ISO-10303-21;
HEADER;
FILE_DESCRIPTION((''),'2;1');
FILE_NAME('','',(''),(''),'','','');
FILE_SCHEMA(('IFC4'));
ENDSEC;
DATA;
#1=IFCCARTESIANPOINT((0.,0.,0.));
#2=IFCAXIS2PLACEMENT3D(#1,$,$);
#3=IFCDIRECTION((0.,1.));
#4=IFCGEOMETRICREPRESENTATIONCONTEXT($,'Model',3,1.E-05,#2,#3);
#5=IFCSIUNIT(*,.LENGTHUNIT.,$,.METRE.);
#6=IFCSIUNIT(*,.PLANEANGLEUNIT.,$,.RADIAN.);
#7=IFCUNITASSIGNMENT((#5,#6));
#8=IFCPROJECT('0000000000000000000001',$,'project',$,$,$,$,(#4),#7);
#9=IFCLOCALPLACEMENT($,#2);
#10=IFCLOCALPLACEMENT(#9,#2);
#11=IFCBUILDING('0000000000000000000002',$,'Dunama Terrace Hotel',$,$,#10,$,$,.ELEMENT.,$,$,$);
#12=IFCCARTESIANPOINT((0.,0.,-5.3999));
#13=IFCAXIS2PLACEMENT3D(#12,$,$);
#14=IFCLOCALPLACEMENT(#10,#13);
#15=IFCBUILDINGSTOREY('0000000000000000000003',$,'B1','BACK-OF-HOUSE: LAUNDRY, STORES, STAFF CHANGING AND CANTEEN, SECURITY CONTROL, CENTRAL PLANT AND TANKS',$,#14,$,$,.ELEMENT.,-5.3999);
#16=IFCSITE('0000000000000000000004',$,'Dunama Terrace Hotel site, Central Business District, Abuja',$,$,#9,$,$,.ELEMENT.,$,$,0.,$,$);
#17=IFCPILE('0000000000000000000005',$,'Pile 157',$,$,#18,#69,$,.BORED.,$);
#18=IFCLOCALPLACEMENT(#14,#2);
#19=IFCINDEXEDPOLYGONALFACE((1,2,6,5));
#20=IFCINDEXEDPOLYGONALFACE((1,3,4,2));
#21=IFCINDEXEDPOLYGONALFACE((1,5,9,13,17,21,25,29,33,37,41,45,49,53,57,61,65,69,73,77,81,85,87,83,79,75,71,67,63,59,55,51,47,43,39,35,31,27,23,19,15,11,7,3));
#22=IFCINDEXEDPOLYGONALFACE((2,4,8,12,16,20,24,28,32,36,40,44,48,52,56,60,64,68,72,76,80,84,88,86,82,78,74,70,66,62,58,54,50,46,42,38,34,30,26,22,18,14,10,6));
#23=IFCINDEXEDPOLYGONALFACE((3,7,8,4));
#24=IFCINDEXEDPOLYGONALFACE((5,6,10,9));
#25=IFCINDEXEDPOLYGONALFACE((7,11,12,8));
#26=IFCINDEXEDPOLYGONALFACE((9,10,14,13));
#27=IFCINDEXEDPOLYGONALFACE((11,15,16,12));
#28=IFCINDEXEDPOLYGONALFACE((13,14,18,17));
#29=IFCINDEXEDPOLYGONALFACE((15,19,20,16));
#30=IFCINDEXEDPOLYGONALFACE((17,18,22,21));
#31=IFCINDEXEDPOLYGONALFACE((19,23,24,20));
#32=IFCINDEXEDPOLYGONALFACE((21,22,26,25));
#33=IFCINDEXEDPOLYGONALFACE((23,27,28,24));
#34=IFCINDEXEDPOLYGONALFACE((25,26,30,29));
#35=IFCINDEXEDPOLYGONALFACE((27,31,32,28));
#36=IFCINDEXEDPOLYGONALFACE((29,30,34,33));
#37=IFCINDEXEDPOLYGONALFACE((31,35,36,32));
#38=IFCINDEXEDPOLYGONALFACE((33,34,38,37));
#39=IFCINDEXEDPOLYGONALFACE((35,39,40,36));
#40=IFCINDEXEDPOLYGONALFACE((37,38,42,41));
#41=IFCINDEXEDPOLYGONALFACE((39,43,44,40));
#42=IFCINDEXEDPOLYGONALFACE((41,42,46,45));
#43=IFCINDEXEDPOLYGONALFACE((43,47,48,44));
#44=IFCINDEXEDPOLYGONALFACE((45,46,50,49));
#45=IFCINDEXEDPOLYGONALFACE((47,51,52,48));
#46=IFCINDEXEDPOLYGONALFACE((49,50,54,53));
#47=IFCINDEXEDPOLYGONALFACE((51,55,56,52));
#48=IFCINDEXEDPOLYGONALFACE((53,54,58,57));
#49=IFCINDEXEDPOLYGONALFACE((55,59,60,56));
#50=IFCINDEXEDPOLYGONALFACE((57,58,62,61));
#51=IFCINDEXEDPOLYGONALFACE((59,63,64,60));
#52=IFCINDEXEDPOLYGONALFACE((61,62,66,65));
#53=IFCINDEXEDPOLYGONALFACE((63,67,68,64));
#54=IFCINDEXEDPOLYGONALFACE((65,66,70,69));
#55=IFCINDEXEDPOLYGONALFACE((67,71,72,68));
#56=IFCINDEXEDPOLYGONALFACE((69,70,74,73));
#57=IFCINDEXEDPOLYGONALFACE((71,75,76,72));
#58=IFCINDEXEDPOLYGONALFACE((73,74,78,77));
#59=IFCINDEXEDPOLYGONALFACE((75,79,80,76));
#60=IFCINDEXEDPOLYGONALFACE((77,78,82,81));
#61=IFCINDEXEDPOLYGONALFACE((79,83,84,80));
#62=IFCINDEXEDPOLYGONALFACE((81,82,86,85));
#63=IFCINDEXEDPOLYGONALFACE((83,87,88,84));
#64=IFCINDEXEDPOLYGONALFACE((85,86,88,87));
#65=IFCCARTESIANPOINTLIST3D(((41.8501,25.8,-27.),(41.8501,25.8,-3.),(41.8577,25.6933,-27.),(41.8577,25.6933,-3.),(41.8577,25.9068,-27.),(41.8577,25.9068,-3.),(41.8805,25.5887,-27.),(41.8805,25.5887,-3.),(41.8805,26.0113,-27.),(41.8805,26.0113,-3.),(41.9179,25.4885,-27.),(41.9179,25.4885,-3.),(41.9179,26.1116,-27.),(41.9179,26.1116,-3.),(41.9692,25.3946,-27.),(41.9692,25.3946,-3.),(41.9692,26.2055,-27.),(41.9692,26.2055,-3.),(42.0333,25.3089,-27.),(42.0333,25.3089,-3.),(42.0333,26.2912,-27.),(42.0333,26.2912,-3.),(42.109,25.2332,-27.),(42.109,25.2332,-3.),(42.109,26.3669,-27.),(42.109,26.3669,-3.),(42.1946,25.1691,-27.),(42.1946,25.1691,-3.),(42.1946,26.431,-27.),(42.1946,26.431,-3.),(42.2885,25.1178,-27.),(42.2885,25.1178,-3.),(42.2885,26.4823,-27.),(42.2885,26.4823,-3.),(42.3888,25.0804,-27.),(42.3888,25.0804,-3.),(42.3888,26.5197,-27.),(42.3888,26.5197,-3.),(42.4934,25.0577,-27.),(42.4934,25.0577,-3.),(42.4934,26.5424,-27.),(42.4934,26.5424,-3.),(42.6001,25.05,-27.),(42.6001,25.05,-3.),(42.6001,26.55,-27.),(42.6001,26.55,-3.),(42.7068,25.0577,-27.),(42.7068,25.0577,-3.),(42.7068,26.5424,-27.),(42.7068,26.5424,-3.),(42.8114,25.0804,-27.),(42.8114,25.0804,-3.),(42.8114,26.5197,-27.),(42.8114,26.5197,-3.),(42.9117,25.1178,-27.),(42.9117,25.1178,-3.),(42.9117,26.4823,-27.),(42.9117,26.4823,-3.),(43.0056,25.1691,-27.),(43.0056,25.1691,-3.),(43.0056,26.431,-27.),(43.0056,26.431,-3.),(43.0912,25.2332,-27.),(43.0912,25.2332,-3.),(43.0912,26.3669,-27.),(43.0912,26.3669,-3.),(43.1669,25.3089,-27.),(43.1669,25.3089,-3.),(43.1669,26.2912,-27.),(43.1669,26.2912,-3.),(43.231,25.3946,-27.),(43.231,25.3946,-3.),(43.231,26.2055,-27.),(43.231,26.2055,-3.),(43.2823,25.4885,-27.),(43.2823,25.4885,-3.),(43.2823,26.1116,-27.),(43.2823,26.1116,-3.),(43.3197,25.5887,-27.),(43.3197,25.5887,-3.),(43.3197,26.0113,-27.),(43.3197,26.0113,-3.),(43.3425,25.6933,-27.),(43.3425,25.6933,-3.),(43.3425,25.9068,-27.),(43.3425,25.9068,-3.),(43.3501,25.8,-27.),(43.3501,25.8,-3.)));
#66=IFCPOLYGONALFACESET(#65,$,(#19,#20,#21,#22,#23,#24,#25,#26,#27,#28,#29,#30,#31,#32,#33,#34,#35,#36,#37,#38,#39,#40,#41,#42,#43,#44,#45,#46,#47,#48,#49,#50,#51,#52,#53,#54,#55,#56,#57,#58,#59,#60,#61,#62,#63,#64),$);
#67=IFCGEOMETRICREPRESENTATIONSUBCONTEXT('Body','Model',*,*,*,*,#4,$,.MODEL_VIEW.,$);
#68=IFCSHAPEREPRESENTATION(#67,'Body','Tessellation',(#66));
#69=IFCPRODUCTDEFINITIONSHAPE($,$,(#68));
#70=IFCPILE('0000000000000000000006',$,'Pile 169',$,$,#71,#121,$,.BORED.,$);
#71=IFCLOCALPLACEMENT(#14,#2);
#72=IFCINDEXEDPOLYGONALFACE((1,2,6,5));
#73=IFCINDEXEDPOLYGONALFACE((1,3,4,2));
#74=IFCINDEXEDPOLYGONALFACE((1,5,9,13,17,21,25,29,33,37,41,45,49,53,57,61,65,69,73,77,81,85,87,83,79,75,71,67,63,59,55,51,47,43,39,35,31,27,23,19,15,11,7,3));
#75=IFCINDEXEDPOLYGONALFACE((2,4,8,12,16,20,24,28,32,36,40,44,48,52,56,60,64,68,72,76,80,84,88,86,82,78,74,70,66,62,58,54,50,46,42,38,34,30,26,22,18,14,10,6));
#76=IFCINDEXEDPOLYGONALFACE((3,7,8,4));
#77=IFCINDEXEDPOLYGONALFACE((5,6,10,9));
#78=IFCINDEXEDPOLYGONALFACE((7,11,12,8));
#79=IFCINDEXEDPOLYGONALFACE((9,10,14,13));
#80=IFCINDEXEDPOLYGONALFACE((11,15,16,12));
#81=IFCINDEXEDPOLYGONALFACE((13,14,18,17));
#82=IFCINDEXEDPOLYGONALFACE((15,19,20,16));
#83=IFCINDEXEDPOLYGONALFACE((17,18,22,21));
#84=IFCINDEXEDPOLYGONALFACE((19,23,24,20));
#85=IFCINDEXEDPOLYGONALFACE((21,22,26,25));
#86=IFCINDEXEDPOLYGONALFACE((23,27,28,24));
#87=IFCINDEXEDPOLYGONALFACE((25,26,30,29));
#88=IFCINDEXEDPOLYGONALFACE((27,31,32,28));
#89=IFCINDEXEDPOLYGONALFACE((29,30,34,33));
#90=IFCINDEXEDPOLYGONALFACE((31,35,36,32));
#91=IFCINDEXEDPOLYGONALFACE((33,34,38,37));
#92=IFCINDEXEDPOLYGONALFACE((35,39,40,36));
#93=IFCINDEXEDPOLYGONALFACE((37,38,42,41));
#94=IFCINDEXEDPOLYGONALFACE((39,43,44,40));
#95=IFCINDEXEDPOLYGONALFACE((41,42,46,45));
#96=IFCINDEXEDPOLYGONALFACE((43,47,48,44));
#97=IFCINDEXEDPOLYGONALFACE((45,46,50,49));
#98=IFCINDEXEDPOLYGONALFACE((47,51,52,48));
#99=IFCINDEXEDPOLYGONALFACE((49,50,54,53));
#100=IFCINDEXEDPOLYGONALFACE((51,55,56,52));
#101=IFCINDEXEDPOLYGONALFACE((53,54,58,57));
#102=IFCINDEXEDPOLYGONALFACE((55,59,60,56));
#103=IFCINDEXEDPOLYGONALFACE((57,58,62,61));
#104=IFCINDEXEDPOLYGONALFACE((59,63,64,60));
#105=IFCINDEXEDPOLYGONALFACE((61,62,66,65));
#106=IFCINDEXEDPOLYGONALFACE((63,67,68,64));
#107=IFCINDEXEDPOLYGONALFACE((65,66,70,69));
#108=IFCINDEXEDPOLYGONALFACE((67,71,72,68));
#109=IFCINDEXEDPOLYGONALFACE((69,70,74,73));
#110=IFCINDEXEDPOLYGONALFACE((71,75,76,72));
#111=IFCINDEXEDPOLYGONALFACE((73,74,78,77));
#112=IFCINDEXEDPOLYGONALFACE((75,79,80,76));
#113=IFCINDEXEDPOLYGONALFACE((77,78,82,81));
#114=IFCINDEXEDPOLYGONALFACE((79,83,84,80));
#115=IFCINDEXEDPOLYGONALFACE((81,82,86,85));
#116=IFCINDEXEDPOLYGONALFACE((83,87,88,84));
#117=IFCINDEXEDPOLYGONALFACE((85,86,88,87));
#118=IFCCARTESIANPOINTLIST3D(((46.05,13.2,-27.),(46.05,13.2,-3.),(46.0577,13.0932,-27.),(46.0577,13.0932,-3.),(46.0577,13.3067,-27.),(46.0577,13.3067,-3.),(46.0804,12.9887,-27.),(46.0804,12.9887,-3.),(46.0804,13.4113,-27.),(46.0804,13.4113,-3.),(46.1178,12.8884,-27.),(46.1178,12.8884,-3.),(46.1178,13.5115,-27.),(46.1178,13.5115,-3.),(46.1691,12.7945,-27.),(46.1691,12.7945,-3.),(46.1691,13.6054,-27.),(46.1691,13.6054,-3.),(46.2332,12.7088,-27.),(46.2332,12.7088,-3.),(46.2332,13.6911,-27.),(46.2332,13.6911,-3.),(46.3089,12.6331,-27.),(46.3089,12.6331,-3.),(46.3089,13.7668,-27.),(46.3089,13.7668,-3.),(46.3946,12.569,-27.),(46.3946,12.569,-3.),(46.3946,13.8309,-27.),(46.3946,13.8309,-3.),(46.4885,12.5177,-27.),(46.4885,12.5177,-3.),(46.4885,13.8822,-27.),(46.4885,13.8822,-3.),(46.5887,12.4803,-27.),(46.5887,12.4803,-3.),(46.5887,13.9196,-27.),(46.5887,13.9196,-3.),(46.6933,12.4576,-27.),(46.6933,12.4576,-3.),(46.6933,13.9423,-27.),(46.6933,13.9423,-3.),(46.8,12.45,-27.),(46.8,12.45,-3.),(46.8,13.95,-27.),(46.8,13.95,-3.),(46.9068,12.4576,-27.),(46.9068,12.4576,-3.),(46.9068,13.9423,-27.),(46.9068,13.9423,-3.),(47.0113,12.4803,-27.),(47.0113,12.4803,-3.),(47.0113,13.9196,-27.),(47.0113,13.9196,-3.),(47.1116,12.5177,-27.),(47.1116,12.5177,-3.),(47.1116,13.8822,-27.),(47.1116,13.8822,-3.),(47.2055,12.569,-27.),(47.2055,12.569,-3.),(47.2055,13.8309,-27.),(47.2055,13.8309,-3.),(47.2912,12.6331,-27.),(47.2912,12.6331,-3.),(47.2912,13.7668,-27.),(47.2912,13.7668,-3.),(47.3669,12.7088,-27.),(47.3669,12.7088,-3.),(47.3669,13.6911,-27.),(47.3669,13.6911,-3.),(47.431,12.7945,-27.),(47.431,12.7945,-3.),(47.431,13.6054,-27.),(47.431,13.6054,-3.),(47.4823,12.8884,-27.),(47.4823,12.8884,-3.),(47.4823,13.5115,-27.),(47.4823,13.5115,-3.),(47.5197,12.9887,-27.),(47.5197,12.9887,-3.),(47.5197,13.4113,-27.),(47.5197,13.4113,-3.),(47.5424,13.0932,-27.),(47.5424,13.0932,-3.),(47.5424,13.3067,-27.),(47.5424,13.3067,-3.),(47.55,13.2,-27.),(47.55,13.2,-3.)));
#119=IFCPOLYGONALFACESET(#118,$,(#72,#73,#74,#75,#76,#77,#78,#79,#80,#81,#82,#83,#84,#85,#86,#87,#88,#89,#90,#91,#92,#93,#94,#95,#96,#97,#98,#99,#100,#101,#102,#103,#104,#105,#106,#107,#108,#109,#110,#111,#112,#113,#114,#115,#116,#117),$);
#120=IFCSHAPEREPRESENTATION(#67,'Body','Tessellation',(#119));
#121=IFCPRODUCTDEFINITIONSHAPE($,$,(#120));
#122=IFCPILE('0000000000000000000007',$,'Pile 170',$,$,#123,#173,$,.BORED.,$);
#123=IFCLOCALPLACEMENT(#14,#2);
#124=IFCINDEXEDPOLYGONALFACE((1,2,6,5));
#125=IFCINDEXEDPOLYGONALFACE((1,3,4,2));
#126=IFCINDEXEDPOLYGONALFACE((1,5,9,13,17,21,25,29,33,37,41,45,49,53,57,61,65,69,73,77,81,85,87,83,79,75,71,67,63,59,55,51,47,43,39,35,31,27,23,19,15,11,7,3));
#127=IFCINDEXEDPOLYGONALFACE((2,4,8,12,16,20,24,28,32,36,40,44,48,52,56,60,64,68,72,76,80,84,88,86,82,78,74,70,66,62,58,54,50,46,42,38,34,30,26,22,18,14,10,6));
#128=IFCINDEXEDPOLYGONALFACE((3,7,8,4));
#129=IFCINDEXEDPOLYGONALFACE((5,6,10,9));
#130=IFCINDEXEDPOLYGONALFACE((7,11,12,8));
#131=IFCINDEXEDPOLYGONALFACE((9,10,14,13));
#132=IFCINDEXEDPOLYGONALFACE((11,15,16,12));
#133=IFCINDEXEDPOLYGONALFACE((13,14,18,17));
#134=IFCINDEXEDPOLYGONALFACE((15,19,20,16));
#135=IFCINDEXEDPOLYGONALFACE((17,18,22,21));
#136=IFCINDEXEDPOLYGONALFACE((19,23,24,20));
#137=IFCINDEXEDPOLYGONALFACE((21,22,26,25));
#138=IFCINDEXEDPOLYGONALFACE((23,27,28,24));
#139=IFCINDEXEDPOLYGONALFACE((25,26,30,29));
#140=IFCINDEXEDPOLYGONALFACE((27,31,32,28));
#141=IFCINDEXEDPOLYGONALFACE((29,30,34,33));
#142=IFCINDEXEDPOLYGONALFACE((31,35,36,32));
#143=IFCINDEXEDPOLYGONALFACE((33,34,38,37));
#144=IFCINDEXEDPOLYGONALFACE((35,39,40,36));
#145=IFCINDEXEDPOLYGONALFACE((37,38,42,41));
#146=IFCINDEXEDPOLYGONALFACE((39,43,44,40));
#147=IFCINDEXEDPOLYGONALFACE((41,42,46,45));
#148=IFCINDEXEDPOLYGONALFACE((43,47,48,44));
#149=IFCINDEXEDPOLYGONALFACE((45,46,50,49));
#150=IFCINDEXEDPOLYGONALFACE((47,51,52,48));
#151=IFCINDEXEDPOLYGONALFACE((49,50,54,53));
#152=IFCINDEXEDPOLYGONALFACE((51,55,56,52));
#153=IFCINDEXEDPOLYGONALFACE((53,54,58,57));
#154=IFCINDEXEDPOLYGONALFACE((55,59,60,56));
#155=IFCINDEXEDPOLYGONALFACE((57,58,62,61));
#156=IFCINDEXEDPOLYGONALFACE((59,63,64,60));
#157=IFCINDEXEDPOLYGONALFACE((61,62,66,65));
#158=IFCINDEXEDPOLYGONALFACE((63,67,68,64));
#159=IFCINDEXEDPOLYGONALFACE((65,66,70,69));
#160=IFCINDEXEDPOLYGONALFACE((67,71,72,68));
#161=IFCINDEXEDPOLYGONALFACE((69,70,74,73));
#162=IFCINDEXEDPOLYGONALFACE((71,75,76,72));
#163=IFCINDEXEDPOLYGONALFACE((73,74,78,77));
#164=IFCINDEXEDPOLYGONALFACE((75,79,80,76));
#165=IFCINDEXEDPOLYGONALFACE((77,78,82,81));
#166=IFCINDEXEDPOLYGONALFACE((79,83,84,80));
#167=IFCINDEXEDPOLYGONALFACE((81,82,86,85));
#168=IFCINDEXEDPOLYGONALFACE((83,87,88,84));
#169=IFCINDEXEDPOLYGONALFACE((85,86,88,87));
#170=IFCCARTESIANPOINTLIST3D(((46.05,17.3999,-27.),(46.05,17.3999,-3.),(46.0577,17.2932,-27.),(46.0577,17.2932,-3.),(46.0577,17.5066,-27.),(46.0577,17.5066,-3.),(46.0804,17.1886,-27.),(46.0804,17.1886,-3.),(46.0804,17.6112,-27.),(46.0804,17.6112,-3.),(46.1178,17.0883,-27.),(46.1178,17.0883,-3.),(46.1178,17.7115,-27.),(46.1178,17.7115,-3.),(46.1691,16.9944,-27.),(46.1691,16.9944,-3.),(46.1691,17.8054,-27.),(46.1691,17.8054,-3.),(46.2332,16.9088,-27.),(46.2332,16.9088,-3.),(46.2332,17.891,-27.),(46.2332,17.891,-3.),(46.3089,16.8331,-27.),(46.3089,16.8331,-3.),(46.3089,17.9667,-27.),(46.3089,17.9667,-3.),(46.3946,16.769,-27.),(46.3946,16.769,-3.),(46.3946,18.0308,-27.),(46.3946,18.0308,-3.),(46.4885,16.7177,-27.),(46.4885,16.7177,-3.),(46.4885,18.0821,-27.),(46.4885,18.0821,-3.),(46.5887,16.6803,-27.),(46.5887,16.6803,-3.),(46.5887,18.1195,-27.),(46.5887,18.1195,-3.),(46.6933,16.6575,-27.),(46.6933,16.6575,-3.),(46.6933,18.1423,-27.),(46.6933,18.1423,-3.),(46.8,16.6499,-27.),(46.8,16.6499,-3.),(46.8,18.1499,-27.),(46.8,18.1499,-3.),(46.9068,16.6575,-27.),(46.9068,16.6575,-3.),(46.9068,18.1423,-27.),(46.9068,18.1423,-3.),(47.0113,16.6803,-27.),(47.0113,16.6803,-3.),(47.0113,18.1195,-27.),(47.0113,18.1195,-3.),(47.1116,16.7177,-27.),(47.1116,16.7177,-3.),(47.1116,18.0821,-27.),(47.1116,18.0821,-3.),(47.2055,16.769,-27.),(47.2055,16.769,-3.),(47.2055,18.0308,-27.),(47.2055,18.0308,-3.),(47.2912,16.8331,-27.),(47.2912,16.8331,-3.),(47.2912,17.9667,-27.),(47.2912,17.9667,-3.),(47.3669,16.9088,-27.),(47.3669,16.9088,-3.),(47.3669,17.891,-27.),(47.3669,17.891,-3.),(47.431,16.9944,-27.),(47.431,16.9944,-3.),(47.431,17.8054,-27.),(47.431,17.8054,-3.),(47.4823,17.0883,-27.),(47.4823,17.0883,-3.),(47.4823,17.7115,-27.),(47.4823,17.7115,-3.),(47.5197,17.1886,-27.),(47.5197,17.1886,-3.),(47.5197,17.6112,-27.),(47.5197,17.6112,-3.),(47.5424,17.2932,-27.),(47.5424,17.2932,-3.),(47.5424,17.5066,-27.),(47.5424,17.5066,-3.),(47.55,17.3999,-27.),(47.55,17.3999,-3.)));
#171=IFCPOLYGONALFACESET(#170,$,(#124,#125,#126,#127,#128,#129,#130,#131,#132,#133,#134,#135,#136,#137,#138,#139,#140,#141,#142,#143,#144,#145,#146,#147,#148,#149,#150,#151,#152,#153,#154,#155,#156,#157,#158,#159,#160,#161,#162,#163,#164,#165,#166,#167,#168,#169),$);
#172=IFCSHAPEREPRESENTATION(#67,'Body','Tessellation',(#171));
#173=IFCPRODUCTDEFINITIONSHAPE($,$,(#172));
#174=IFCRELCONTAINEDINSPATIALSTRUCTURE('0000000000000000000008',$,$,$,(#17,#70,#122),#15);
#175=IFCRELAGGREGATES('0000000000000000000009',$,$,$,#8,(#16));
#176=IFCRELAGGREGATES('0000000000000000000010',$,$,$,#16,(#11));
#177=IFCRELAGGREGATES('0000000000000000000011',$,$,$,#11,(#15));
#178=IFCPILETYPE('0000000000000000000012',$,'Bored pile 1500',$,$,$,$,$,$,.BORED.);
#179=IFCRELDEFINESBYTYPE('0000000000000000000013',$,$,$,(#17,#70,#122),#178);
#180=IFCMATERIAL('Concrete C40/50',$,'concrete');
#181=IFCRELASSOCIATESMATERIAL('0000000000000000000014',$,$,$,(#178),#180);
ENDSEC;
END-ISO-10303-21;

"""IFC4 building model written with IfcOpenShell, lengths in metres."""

from ifc_helpers import new_model, si_unit, direction, frame, origin, origin_2d, place, context, subcontext, project, spatial, circle, extrude, material, material_profile, profile_set, type_object, element, save


model = new_model("IFC4")

# Units and contexts
model_context = context("Model", 3, precision=1e-05, world=origin(), true_north=direction((0.0, 1.0)))
body_context = subcontext(model_context, "Body", "Model", "MODEL_VIEW")
ifc_project = project(units=[si_unit("LENGTHUNIT", "METRE"), si_unit("PLANEANGLEUNIT", "RADIAN")], contexts=[model_context])

# Site, building, storey
site_placement = place(None, origin())
site = spatial("IfcSite", under=ifc_project, at=site_placement, Name="Dunama Terrace Hotel site, Central Business District, Abuja", CompositionType="ELEMENT", RefElevation=0.0)
building_placement = place(site_placement, origin())
building = spatial("IfcBuilding", under=site, at=building_placement, Name="Dunama Terrace Hotel", CompositionType="ELEMENT")
storey_placement = place(building_placement, frame((0.0, 0.0, -5.3999)))
storey = spatial("IfcBuildingStorey", under=building, at=storey_placement, Name="B1", Description="BACK-OF-HOUSE: LAUNDRY, STORES, STAFF CHANGING AND CANTEEN, SECURITY CONTROL, CENTRAL PLANT AND TANKS", CompositionType="ELEMENT", Elevation=-5.3999)

# Piles
ifc_material_1 = material(Name="Concrete C40/50", Category="concrete")
ifc_material_profile_1 = material_profile(ifc_material_1, circle(Radius=0.75, at=origin_2d()), Name="PILE D1500")
ifc_profile_set_1 = profile_set([ifc_material_profile_1], Name="Concrete C40/50")
pile_type = type_object("IfcPileType", Name="Bored pile 1500", PredefinedType="BORED", material=ifc_profile_set_1)
for number, where, z_axis, x_axis, name in (
    (1, (42.6001, 25.8, -3.0), (0.0, 0.0, -1.0), (1.0, 0.0, 0.0), "Pile 157"),
    (2, (46.8, 13.2, -3.0), (0.0, 0.0, -1.0), (1.0, 0.0, 0.0), "Pile 169"),
    (3, (46.8, 17.3999, -3.0), (0.0, 0.0, -1.0), (1.0, 0.0, 0.0), "Pile 170"),
):
    element("IfcPile", number, at=place(storey_placement, frame(where, z_axis=z_axis, x_axis=x_axis)), inside=storey, type_object=pile_type, Name=name, PredefinedType="BORED", context=body_context, shape_type="SweptSolid", body=[
        extrude(circle(Radius=0.75, at=origin_2d()), origin(), (0.0, 0.0, 1.0), 24.0),
    ])

save(model, "model.ifc")
